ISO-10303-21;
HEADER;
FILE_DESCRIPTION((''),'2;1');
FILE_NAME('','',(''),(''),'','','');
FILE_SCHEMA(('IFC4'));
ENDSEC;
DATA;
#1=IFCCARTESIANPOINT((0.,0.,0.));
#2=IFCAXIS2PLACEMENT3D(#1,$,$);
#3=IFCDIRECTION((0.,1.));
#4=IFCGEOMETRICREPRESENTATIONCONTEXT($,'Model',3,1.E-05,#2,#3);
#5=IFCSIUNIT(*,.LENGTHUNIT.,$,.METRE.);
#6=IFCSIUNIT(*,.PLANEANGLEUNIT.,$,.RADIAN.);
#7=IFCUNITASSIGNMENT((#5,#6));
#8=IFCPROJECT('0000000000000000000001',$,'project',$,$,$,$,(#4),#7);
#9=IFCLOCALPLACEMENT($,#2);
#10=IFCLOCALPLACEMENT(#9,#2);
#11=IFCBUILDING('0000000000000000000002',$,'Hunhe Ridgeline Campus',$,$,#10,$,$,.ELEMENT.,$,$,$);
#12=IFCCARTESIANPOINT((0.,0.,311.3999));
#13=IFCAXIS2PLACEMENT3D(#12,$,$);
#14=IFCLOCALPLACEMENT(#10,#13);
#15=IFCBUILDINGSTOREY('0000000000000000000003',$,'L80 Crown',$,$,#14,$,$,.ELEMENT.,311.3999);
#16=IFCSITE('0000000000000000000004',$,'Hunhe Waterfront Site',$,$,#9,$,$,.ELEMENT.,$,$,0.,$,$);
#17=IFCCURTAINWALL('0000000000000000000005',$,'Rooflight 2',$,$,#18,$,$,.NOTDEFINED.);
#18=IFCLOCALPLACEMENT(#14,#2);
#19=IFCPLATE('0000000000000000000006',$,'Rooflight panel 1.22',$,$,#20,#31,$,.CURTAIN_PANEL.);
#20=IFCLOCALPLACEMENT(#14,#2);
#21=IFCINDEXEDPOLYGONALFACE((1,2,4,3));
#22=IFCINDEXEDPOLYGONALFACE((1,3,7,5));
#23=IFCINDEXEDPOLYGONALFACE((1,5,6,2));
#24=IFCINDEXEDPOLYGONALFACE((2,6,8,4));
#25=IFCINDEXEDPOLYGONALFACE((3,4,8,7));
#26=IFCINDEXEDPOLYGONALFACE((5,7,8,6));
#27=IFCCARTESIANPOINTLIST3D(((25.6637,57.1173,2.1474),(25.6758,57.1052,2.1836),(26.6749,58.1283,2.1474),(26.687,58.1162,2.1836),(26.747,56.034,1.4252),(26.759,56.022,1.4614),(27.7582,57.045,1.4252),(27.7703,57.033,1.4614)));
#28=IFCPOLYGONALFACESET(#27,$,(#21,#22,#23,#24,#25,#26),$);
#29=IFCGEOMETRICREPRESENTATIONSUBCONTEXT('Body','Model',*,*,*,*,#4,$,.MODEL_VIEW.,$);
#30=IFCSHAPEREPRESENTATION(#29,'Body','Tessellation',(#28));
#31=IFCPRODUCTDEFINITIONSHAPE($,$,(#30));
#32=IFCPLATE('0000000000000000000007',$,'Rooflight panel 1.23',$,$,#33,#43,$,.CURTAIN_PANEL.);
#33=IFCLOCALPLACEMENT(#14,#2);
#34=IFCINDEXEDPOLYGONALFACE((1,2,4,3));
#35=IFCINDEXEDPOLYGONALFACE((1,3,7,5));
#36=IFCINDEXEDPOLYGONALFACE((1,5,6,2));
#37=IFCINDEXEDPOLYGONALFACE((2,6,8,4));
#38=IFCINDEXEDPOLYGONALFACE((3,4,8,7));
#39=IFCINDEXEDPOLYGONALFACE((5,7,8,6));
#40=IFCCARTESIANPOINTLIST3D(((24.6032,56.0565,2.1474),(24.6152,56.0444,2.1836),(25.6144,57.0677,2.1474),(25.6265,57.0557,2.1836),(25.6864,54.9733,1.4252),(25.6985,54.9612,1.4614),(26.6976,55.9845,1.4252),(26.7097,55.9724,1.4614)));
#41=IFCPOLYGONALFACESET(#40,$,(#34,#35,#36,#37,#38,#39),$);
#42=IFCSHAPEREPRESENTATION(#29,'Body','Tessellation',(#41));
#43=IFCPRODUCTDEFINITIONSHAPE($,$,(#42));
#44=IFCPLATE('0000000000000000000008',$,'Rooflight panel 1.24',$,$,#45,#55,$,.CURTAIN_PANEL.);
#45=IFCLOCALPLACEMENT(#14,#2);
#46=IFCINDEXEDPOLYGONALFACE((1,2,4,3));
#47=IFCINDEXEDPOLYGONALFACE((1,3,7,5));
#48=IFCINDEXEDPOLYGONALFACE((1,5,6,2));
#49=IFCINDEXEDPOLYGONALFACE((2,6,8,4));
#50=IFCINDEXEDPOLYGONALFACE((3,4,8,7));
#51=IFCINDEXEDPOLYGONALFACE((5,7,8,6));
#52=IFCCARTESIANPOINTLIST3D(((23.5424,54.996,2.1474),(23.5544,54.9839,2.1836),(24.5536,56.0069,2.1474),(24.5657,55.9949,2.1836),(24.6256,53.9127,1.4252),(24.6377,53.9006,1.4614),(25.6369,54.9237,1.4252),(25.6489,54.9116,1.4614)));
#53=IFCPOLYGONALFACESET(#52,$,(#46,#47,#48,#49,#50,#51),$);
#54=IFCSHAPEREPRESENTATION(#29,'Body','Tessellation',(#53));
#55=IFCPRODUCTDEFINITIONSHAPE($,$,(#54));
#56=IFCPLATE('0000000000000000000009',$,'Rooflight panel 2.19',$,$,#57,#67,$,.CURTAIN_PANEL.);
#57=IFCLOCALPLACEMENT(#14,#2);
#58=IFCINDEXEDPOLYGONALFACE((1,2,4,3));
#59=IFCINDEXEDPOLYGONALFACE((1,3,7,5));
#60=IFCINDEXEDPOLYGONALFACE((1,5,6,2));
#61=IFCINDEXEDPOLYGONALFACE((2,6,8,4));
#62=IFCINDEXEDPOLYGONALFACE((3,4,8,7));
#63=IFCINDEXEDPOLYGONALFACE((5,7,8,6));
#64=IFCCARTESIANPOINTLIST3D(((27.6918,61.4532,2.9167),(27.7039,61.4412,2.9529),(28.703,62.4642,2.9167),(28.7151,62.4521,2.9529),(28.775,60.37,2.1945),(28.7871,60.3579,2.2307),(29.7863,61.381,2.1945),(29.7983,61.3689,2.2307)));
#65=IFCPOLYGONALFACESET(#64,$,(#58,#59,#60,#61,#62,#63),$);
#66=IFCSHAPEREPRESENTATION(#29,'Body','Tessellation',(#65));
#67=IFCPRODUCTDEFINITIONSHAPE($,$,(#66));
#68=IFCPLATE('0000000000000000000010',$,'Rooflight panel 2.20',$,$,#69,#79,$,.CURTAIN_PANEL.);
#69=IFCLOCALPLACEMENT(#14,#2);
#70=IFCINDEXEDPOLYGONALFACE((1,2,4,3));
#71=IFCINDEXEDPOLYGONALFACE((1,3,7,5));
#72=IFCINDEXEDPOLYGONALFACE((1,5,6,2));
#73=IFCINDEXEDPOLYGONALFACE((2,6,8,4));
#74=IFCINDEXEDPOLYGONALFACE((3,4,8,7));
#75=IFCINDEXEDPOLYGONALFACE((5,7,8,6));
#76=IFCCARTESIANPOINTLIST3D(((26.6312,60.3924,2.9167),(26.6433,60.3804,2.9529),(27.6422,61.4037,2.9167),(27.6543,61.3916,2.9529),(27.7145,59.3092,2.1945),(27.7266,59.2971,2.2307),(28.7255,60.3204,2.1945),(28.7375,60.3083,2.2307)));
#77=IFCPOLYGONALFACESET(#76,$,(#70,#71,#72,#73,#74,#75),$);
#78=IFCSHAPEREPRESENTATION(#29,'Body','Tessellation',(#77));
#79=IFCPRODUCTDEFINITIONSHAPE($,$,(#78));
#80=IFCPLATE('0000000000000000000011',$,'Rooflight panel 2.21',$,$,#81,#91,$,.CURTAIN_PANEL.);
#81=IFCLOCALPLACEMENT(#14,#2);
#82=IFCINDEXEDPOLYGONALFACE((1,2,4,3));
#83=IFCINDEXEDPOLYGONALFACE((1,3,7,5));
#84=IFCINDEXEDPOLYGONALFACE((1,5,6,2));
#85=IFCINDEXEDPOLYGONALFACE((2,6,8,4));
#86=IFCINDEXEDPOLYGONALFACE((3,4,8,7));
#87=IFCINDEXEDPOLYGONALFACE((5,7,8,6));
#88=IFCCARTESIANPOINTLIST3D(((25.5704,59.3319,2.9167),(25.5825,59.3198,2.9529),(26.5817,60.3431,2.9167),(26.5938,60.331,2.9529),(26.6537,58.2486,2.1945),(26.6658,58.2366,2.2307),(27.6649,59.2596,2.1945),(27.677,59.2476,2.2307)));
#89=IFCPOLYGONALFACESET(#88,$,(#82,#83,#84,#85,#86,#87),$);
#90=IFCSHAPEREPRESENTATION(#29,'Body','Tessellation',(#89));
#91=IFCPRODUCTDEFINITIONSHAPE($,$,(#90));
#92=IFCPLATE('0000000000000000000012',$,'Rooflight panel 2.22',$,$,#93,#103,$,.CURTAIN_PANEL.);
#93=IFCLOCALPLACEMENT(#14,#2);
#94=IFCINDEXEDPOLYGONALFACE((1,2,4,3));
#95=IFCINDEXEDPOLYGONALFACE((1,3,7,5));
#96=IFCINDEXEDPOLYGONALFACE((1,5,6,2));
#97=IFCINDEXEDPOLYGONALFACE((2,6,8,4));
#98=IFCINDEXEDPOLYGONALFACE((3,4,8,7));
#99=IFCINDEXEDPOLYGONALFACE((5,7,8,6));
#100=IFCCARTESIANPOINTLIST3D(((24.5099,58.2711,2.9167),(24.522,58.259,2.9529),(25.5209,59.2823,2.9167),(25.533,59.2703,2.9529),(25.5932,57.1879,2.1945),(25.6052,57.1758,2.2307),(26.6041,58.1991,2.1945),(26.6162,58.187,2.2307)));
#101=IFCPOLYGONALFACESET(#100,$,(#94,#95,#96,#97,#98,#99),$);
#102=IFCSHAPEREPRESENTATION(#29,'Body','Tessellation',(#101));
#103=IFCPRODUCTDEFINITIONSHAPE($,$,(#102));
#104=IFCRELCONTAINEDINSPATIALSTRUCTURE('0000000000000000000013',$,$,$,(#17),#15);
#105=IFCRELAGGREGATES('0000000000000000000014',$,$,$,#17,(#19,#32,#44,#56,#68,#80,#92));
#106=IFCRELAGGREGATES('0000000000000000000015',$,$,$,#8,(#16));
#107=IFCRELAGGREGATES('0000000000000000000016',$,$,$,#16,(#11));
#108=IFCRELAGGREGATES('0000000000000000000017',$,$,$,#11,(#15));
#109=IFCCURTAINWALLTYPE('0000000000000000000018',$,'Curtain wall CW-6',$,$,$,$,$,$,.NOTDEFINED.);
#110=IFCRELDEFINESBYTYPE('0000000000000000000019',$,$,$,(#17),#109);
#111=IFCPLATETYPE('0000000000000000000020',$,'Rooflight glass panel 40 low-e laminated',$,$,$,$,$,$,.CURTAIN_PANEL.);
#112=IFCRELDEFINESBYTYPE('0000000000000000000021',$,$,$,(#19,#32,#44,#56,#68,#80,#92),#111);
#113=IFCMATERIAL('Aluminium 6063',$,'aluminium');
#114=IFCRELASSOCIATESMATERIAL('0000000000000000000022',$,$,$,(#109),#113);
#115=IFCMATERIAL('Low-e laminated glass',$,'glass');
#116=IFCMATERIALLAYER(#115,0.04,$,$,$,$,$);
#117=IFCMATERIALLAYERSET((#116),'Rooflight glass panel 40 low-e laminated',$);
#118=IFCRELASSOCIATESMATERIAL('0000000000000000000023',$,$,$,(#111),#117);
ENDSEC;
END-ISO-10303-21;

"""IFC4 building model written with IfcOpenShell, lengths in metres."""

from ifc_helpers import new_model, si_unit, direction, frame, origin, place, context, subcontext, project, spatial, polyline, outline, extrude, material, layer, layer_set, type_object, element, aggregate, save


model = new_model("IFC4")

# Units and contexts
model_context = context("Model", 3, precision=1e-05, world=origin(), true_north=direction((0.0, 1.0)))
body_context = subcontext(model_context, "Body", "Model", "MODEL_VIEW")
ifc_project = project(units=[si_unit("LENGTHUNIT", "METRE"), si_unit("PLANEANGLEUNIT", "RADIAN")], contexts=[model_context])

# Site, building, storey
site_placement = place(None, origin())
site = spatial("IfcSite", under=ifc_project, at=site_placement, Name="Hunhe Waterfront Site", CompositionType="ELEMENT", RefElevation=0.0)
building_placement = place(site_placement, origin())
building = spatial("IfcBuilding", under=site, at=building_placement, Name="Hunhe Ridgeline Campus", CompositionType="ELEMENT")
storey_placement = place(building_placement, frame((0.0, 0.0, 311.3999)))
storey = spatial("IfcBuildingStorey", under=building, at=storey_placement, Name="L80 Crown", CompositionType="ELEMENT", Elevation=311.3999)

# Curtain wall, plates
ifc_material_1 = material(Name="Aluminium 6063", Category="aluminium")
curtain_wall_type = type_object("IfcCurtainWallType", Name="Curtain wall CW-6", PredefinedType="NOTDEFINED", material=ifc_material_1)
curtain_wall_placement = place(storey_placement, origin())
curtain_wall = element("IfcCurtainWall", 1, at=curtain_wall_placement, inside=storey, type_object=curtain_wall_type, Name="Rooflight 2", PredefinedType="NOTDEFINED")
ifc_material_2 = material(Name="Low-e laminated glass", Category="glass")
ifc_layer = layer(ifc_material_2, 0.04)
ifc_layer_set = layer_set([ifc_layer], Name="Rooflight glass panel 40 low-e laminated")
plate_type = type_object("IfcPlateType", Name="Rooflight glass panel 40 low-e laminated", PredefinedType="CURTAIN_PANEL", material=ifc_layer_set)
plate_1_placement = place(storey_placement, frame((27.7703, 57.033, 1.4614), z_axis=(0.301475, -0.301548, 0.904534), x_axis=(-0.639602, 0.639602, 0.426401)))
plate_1 = element("IfcPlate", 2, at=plate_1_placement, type_object=plate_type, Name="Rooflight panel 1.22", PredefinedType="CURTAIN_PANEL", context=body_context, shape_type="SweptSolid", body=[
    extrude(outline(polyline([(0.0, 0.0), (1.6936, 0.0), (1.6938, 1.4299), (0.0002, 1.4299), (0.0, 0.0)])), origin(), (0.0, 0.0, -1.0), 0.04),
])
plate_2_placement = place(storey_placement, frame((26.7097, 55.9724, 1.4614), z_axis=(0.301511, -0.301511, 0.904534), x_axis=(-0.639602, 0.639602, 0.426401)))
plate_2 = element("IfcPlate", 3, at=plate_2_placement, type_object=plate_type, Name="Rooflight panel 1.23", PredefinedType="CURTAIN_PANEL", context=body_context, shape_type="SweptSolid", body=[
    extrude(outline(polyline([(0.0, 0.0), (1.6936, 0.0), (1.6936, 1.4301), (0.0, 1.4301), (0.0, 0.0)])), origin(), (0.0, 0.0, -1.0), 0.04),
])
plate_3_placement = place(storey_placement, frame((25.6489, 54.9116, 1.4614), z_axis=(0.301475, -0.301548, 0.904534), x_axis=(-0.639602, 0.639602, 0.426401)))
plate_3 = element("IfcPlate", 4, at=plate_3_placement, type_object=plate_type, Name="Rooflight panel 1.24", PredefinedType="CURTAIN_PANEL", context=body_context, shape_type="SweptSolid", body=[
    extrude(outline(polyline([(0.0, 0.0), (1.6936, 0.0), (1.6938, 1.4299), (0.0002, 1.4299), (0.0, 0.0)])), origin(), (0.0, 0.0, -1.0), 0.04),
])
plate_4_placement = place(storey_placement, frame((29.7983, 61.3689, 2.2307), z_axis=(0.301475, -0.301548, 0.904534), x_axis=(-0.639602, 0.639602, 0.426401)))
plate_4 = element("IfcPlate", 5, at=plate_4_placement, type_object=plate_type, Name="Rooflight panel 2.19", PredefinedType="CURTAIN_PANEL", context=body_context, shape_type="SweptSolid", body=[
    extrude(outline(polyline([(0.0, 0.0), (1.6936, 0.0), (1.6938, 1.4299), (0.0002, 1.4299), (0.0, 0.0)])), origin(), (0.0, 0.0, -1.0), 0.04),
])
plate_5_placement = place(storey_placement, frame((28.7375, 60.3083, 2.2307), z_axis=(0.301548, -0.301475, 0.904534), x_axis=(-0.639602, 0.639602, 0.426401)))
plate_5 = element("IfcPlate", 6, at=plate_5_placement, type_object=plate_type, Name="Rooflight panel 2.20", PredefinedType="CURTAIN_PANEL", context=body_context, shape_type="SweptSolid", body=[
    extrude(outline(polyline([(0.0, 0.0), (1.6936, 0.0), (1.6935, 1.4299), (-0.0002, 1.4299), (0.0, 0.0)])), origin(), (0.0, 0.0, -1.0), 0.04),
])
plate_6_placement = place(storey_placement, frame((27.677, 59.2476, 2.2307), z_axis=(0.301479, -0.301516, 0.904543), x_axis=(-0.639537, 0.639681, 0.426382)))
plate_6 = element("IfcPlate", 7, at=plate_6_placement, type_object=plate_type, Name="Rooflight panel 2.21", PredefinedType="CURTAIN_PANEL", context=body_context, shape_type="SweptSolid", body=[
    extrude(outline(polyline([(0.0, 0.0), (1.6938, 0.0), (1.6936, 1.4301), (0.0, 1.4299), (0.0, 0.0)])), origin(), (0.0, 0.0, -1.0), 0.04),
])
plate_7_placement = place(storey_placement, frame((26.6162, 58.187, 2.2307), z_axis=(0.301548, -0.301475, 0.904534), x_axis=(-0.639602, 0.639602, 0.426401)))
plate_7 = element("IfcPlate", 8, at=plate_7_placement, type_object=plate_type, Name="Rooflight panel 2.22", PredefinedType="CURTAIN_PANEL", context=body_context, shape_type="SweptSolid", body=[
    extrude(outline(polyline([(0.0, 0.0), (1.6936, 0.0), (1.6935, 1.4299), (-0.0002, 1.4299), (0.0, 0.0)])), origin(), (0.0, 0.0, -1.0), 0.04),
])
aggregate(curtain_wall, [plate_1, plate_2, plate_3, plate_4, plate_5, plate_6, plate_7])

save(model, "model.ifc")
